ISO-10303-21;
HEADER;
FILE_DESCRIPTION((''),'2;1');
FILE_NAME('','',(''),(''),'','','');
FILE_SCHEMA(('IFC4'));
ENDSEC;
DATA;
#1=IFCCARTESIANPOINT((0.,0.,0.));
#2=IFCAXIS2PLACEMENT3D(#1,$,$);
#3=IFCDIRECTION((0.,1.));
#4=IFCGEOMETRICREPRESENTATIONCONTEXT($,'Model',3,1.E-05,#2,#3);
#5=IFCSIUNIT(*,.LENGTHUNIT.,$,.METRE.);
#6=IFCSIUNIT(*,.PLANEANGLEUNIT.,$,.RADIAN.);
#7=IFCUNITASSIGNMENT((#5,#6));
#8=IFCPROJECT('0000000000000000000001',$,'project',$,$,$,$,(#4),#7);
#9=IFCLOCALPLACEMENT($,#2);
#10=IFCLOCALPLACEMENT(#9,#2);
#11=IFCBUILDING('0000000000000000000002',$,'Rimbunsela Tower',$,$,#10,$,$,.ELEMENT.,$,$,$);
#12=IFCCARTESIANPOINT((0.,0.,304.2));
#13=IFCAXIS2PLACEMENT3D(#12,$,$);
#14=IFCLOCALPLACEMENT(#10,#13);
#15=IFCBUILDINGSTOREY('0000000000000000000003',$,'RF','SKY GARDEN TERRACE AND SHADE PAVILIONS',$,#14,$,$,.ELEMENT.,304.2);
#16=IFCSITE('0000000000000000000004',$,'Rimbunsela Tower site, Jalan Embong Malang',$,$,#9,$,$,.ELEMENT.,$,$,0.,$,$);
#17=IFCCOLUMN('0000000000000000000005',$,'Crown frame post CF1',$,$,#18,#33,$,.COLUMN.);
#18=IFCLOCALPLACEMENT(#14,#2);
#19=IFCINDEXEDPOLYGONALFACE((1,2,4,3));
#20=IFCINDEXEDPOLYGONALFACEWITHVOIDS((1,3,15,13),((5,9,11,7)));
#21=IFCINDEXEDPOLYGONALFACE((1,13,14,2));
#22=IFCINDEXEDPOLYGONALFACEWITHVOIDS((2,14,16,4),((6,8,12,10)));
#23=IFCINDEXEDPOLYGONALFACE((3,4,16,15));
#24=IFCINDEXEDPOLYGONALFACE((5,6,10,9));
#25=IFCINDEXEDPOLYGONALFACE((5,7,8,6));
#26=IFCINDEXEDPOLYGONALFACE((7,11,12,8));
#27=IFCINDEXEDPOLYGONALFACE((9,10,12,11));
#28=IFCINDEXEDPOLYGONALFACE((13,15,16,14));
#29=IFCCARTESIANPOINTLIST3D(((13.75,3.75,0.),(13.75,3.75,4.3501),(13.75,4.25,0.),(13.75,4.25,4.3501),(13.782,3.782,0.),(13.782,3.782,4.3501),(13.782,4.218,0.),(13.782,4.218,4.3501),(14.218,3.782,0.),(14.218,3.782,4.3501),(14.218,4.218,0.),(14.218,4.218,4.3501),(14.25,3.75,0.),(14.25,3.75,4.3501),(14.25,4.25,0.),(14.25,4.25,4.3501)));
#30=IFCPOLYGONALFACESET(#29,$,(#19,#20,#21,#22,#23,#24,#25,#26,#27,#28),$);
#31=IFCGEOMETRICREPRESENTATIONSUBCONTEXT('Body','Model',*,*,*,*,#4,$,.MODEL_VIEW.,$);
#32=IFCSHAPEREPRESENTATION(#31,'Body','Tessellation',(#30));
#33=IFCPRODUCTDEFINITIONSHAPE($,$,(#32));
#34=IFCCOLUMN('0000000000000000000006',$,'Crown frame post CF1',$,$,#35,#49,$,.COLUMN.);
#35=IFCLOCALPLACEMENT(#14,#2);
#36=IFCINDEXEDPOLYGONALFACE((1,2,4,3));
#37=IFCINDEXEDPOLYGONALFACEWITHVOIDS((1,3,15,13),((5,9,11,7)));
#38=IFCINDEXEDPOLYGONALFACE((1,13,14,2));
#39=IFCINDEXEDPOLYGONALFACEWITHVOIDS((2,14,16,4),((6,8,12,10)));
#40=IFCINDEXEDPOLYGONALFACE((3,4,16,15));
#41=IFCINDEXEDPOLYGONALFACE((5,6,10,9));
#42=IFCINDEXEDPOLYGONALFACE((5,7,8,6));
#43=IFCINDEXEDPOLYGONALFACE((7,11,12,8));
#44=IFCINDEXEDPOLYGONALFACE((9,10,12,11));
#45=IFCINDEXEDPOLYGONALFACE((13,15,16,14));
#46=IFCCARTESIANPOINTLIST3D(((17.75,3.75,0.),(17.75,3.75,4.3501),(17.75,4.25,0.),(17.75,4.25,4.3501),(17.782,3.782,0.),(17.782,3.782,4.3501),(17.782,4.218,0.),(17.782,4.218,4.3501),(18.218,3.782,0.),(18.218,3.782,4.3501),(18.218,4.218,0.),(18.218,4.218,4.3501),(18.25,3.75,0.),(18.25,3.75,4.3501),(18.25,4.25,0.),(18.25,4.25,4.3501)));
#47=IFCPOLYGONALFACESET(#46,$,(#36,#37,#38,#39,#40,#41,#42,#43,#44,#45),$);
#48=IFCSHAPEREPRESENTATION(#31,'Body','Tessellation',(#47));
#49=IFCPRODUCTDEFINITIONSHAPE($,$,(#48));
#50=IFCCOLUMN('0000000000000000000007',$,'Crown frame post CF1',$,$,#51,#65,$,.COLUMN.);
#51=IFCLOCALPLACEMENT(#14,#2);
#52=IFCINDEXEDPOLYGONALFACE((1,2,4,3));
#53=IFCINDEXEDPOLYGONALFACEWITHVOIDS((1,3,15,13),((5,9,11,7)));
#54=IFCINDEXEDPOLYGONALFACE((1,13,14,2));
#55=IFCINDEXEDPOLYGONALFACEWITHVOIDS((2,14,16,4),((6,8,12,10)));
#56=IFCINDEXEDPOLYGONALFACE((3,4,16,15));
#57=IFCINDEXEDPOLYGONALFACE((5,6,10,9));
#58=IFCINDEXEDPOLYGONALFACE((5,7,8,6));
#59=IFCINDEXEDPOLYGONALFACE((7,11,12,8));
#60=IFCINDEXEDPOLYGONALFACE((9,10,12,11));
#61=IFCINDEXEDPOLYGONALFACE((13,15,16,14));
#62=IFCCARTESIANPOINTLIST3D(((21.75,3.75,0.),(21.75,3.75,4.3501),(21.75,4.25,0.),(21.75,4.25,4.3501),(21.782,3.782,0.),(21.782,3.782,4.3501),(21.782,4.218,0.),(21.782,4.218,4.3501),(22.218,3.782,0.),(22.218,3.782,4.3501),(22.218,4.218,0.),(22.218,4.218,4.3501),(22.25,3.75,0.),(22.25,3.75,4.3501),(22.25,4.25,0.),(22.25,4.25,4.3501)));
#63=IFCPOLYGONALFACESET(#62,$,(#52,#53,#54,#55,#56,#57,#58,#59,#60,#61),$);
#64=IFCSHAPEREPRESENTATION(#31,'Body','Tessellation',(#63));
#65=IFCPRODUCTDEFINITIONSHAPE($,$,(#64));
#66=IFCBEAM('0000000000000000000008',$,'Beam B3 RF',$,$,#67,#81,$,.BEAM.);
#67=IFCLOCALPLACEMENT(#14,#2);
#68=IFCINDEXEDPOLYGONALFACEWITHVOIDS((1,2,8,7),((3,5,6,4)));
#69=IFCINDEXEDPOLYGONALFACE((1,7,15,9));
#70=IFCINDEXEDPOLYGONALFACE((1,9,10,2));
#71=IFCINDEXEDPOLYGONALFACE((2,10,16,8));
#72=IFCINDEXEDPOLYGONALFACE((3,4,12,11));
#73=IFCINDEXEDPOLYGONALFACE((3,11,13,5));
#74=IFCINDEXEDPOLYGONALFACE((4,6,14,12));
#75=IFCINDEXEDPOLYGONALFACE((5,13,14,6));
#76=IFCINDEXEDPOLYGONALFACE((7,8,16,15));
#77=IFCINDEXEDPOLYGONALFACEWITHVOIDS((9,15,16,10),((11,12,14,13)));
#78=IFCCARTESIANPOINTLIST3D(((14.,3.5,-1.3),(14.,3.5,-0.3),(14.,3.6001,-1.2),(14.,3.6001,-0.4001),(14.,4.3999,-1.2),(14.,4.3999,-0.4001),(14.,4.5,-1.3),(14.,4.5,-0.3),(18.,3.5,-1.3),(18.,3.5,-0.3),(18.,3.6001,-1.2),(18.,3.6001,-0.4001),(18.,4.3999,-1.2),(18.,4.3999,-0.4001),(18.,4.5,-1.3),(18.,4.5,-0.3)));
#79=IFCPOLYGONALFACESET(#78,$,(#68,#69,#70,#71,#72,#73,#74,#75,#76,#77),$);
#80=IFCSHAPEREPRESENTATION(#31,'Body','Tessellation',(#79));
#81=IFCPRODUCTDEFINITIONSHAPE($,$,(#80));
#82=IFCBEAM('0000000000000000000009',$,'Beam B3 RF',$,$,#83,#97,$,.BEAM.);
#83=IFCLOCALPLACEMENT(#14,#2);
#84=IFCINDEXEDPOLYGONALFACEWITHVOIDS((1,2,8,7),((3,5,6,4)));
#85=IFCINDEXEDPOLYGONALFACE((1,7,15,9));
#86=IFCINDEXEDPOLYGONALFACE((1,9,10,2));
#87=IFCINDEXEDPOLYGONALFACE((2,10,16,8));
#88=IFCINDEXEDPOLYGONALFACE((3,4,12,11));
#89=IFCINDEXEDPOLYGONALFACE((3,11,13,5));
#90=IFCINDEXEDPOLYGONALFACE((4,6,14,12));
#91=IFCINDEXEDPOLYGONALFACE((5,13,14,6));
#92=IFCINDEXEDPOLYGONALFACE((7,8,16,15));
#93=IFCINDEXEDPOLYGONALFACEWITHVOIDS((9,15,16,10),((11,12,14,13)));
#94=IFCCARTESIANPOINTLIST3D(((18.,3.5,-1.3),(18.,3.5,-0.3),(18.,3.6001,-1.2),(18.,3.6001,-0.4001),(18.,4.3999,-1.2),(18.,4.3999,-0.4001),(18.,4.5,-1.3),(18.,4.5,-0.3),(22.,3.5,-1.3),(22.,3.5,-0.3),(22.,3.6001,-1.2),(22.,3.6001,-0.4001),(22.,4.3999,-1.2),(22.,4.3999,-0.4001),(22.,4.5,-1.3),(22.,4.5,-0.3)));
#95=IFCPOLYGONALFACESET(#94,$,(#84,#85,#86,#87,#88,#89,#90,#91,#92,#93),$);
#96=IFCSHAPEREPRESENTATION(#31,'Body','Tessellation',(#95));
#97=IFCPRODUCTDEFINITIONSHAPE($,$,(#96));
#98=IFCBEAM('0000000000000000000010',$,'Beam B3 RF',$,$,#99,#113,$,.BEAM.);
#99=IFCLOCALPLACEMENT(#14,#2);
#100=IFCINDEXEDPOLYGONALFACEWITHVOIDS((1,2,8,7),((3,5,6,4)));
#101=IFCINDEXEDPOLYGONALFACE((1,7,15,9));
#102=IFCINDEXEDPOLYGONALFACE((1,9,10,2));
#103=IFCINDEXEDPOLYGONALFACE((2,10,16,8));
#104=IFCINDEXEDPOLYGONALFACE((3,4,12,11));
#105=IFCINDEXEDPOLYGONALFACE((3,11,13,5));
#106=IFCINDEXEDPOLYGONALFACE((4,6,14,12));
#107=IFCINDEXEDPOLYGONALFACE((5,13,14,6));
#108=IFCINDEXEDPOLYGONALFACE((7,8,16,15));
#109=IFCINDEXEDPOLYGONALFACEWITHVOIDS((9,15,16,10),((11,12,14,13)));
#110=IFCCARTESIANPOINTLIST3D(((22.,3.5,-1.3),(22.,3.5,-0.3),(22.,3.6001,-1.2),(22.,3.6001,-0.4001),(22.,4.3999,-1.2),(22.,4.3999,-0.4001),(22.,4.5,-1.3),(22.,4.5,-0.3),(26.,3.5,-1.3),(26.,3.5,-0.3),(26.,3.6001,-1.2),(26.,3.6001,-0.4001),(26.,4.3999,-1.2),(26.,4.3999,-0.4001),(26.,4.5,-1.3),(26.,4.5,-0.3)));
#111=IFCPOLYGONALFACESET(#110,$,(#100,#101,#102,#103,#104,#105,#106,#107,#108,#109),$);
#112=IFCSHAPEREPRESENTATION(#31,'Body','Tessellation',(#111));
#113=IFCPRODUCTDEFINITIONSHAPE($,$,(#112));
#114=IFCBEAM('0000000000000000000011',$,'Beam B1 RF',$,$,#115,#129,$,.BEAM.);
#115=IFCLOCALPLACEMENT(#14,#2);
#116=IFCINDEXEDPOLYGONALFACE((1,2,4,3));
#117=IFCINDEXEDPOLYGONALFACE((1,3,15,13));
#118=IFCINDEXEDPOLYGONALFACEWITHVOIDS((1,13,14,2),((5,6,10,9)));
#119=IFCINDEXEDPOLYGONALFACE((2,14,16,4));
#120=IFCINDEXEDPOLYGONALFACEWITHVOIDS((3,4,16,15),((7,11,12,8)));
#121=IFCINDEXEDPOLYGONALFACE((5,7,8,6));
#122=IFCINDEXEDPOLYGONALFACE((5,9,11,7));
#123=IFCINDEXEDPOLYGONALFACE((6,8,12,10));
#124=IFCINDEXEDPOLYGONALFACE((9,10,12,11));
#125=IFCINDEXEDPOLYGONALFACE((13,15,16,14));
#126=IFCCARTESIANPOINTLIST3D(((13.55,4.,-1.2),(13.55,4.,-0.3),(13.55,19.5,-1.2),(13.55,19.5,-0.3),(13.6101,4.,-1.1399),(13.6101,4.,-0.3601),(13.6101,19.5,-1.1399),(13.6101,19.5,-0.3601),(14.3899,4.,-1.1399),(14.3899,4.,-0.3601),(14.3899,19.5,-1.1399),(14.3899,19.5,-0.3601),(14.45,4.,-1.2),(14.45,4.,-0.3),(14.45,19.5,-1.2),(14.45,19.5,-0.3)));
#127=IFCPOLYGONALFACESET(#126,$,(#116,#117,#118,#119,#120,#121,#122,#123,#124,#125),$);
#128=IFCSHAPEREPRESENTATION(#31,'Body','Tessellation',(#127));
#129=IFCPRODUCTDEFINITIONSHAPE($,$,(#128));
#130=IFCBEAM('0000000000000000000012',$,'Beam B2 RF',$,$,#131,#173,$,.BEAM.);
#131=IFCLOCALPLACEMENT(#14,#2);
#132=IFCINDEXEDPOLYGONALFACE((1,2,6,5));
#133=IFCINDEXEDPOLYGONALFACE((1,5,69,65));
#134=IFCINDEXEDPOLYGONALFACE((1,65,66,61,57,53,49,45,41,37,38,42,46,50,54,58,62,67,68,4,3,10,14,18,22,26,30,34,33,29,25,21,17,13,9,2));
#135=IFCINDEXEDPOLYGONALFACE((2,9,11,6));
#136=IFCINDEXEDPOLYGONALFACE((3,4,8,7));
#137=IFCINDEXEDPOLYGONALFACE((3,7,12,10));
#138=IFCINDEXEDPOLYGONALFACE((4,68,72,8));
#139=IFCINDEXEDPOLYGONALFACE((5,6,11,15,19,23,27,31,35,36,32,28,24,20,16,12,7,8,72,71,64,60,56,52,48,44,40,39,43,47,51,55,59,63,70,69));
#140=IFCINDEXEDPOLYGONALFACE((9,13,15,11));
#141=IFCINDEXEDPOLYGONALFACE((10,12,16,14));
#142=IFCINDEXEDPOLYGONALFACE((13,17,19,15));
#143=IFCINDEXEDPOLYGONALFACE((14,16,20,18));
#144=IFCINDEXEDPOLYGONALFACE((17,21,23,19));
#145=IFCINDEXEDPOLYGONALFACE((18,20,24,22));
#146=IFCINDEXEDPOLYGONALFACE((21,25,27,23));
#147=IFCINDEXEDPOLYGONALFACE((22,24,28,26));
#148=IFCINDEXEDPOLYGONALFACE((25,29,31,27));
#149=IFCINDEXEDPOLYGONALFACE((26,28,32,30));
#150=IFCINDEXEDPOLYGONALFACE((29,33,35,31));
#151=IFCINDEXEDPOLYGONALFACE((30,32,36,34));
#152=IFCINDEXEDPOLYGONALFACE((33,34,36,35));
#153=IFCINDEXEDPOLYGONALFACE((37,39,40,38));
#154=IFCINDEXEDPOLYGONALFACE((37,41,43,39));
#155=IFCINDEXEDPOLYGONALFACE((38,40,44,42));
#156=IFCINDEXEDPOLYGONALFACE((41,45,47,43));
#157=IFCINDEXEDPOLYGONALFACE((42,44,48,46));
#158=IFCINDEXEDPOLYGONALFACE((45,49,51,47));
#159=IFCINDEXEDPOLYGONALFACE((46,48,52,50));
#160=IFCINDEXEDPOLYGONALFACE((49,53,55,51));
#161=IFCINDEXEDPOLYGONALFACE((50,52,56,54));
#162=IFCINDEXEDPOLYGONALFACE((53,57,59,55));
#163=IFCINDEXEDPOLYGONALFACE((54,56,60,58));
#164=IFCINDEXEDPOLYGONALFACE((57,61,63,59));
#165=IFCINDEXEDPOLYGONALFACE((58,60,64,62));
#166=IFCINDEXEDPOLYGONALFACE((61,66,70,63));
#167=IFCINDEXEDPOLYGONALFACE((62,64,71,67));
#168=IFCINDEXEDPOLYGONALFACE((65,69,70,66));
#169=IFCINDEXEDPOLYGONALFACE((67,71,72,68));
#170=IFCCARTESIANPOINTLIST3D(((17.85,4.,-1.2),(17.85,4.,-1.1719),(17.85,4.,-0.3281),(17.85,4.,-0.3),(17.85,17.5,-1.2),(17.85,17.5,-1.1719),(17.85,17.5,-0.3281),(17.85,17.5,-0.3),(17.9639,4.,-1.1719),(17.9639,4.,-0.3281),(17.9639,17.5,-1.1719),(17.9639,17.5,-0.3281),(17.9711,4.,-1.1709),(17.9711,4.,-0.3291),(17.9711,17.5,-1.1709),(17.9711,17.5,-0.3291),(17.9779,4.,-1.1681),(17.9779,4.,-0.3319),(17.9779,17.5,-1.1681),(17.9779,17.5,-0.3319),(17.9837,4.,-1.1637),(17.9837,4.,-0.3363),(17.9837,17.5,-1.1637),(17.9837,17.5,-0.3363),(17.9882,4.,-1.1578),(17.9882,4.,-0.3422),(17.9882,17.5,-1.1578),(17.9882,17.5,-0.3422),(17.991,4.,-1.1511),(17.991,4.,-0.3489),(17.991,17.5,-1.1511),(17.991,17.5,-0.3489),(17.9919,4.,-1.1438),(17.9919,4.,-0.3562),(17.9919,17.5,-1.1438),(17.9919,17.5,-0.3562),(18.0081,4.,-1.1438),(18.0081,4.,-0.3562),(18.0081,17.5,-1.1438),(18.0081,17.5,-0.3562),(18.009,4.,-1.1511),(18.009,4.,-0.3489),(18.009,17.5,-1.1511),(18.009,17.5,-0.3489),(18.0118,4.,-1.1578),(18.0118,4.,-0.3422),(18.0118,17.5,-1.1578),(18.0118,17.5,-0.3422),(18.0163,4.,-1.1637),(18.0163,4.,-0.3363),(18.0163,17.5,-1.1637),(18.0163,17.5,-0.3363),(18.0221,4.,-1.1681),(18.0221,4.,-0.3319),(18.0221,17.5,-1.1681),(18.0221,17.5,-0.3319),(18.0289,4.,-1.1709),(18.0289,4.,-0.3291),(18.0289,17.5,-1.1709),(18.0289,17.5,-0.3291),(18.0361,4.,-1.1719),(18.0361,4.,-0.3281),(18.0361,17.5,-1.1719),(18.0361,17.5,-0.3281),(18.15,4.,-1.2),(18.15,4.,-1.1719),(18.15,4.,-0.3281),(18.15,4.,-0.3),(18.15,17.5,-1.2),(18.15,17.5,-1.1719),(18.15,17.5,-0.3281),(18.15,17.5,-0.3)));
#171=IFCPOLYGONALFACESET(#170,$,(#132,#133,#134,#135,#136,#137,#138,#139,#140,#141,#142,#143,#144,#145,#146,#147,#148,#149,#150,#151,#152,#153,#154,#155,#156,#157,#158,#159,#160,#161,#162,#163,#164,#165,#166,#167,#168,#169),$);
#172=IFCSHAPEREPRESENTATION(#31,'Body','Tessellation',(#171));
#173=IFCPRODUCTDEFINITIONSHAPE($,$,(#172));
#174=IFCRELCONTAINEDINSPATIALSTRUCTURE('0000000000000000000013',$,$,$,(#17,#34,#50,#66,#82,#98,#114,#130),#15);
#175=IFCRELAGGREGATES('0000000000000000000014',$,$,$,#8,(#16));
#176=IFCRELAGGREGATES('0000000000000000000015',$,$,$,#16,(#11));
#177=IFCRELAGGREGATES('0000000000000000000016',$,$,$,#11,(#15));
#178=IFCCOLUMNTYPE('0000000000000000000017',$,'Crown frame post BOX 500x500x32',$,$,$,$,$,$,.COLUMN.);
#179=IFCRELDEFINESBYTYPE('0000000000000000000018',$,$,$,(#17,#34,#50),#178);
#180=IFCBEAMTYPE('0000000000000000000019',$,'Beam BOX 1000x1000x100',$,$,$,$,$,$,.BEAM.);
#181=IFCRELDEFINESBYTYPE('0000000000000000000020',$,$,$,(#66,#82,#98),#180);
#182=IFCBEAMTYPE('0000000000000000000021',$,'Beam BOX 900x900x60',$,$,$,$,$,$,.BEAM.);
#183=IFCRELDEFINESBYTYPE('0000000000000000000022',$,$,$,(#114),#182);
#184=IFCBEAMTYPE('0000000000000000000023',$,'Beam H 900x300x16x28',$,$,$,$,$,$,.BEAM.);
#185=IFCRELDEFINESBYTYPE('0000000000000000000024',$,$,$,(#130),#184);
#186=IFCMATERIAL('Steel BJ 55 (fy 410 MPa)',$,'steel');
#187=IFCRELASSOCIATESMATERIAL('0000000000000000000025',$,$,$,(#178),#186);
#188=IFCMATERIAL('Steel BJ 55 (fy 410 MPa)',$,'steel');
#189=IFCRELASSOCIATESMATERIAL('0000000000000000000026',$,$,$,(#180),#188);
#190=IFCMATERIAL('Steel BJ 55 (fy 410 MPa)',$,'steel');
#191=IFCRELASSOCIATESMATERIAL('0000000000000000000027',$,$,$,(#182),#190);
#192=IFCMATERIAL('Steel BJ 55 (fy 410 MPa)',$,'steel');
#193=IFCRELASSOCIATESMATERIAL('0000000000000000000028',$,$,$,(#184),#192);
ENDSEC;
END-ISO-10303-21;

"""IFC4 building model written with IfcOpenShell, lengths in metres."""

from ifc_helpers import new_model, si_unit, direction, frame, origin, origin_2d, place, context, subcontext, project, spatial, hollow_rectangle, i_section, extrude, material, material_profile, profile_set, type_object, element, save


model = new_model("IFC4")

# Units and contexts
model_context = context("Model", 3, precision=1e-05, world=origin(), true_north=direction((0.0, 1.0)))
body_context = subcontext(model_context, "Body", "Model", "MODEL_VIEW")
ifc_project = project(units=[si_unit("LENGTHUNIT", "METRE"), si_unit("PLANEANGLEUNIT", "RADIAN")], contexts=[model_context])

# Site, building, storey
site_placement = place(None, origin())
site = spatial("IfcSite", under=ifc_project, at=site_placement, Name="Rimbunsela Tower site, Jalan Embong Malang", CompositionType="ELEMENT", RefElevation=0.0)
building_placement = place(site_placement, origin())
building = spatial("IfcBuilding", under=site, at=building_placement, Name="Rimbunsela Tower", CompositionType="ELEMENT")
storey_placement = place(building_placement, frame((0.0, 0.0, 304.2)))
storey = spatial("IfcBuildingStorey", under=building, at=storey_placement, Name="RF", Description="SKY GARDEN TERRACE AND SHADE PAVILIONS", CompositionType="ELEMENT", Elevation=304.2)

# Columns
ifc_material_1 = material(Name="Steel BJ 55 (fy 410 MPa)", Category="steel")
ifc_material_profile_1 = material_profile(ifc_material_1, hollow_rectangle(XDim=0.5, YDim=0.5, WallThickness=0.032, at=origin_2d()), Name="BOX 500x500x32")
ifc_profile_set_1 = profile_set([ifc_material_profile_1], Name="Steel BJ 55 (fy 410 MPa)")
column_type = type_object("IfcColumnType", Name="Crown frame post BOX 500x500x32", PredefinedType="COLUMN", material=ifc_profile_set_1)
for number, where, z_axis, x_axis, name in (
    (1, (14.0, 4.0, 0.0), (0.0, 0.0, 1.0), (1.0, 0.0, 0.0), "Crown frame post CF1"),
    (2, (18.0, 4.0, 0.0), (0.0, 0.0, 1.0), (1.0, 0.0, 0.0), "Crown frame post CF1"),
    (3, (22.0, 4.0, 0.0), (0.0, 0.0, 1.0), (1.0, 0.0, 0.0), "Crown frame post CF1"),
):
    element("IfcColumn", number, at=place(storey_placement, frame(where, z_axis=z_axis, x_axis=x_axis)), inside=storey, type_object=column_type, Name=name, PredefinedType="COLUMN", context=body_context, shape_type="SweptSolid", body=[
        extrude(hollow_rectangle(XDim=0.5, YDim=0.5, WallThickness=0.032, at=origin_2d()), origin(), (0.0, 0.0, 1.0), 4.3501),
    ])

# Beams
ifc_material_2 = material(Name="Steel BJ 55 (fy 410 MPa)", Category="steel")
ifc_material_profile_2 = material_profile(ifc_material_2, hollow_rectangle(XDim=1.0, YDim=1.0, WallThickness=0.1001, at=origin_2d()), Name="BOX 1000x1000x100")
ifc_profile_set_2 = profile_set([ifc_material_profile_2], Name="Steel BJ 55 (fy 410 MPa)")
beam_type_1 = type_object("IfcBeamType", Name="Beam BOX 1000x1000x100", PredefinedType="BEAM", material=ifc_profile_set_2)
for number, where, z_axis, x_axis, name in (
    (4, (14.0, 4.0, -0.8), (1.0, 0.0, 0.0), (0.0, 1.0, 0.0), "Beam B3 RF"),
    (5, (18.0, 4.0, -0.8), (1.0, 0.0, 0.0), (0.0, 1.0, 0.0), "Beam B3 RF"),
    (6, (22.0, 4.0, -0.8), (1.0, 0.0, 0.0), (0.0, 1.0, 0.0), "Beam B3 RF"),
):
    element("IfcBeam", number, at=place(storey_placement, frame(where, z_axis=z_axis, x_axis=x_axis)), inside=storey, type_object=beam_type_1, Name=name, PredefinedType="BEAM", context=body_context, shape_type="SweptSolid", body=[
        extrude(hollow_rectangle(XDim=1.0, YDim=1.0, WallThickness=0.1001, at=origin_2d()), origin(), (0.0, 0.0, 1.0), 4.0),
    ])
ifc_material_3 = material(Name="Steel BJ 55 (fy 410 MPa)", Category="steel")
ifc_material_profile_3 = material_profile(ifc_material_3, hollow_rectangle(XDim=0.8999, YDim=0.8999, WallThickness=0.0601, at=origin_2d()), Name="BOX 900x900x60")
ifc_profile_set_3 = profile_set([ifc_material_profile_3], Name="Steel BJ 55 (fy 410 MPa)")
beam_type_2 = type_object("IfcBeamType", Name="Beam BOX 900x900x60", PredefinedType="BEAM", material=ifc_profile_set_3)
beam_placement = place(storey_placement, frame((14.0, 4.0, -0.75), z_axis=(0.0, 1.0, 0.0), x_axis=(-1.0, 0.0, 0.0)))
element("IfcBeam", 7, at=beam_placement, inside=storey, type_object=beam_type_2, Name="Beam B1 RF", PredefinedType="BEAM", context=body_context, shape_type="SweptSolid", body=[
    extrude(hollow_rectangle(XDim=0.8999, YDim=0.8999, WallThickness=0.0601, at=origin_2d()), origin(), (0.0, 0.0, 1.0), 15.5),
])
ifc_material_4 = material(Name="Steel BJ 55 (fy 410 MPa)", Category="steel")
ifc_material_profile_4 = material_profile(ifc_material_4, i_section(OverallWidth=0.3, OverallDepth=0.8999, WebThickness=0.0161, FlangeThickness=0.0281, FilletRadius=0.0281, at=origin_2d()), Name="H 900x300x16x28")
ifc_profile_set_4 = profile_set([ifc_material_profile_4], Name="Steel BJ 55 (fy 410 MPa)")
beam_type_3 = type_object("IfcBeamType", Name="Beam H 900x300x16x28", PredefinedType="BEAM", material=ifc_profile_set_4)
for number, where, z_axis, x_axis, name in (
    (8, (18.0, 4.0, -0.75), (0.0, 1.0, 0.0), (-1.0, 0.0, 0.0), "Beam B2 RF"),
):
    element("IfcBeam", number, at=place(storey_placement, frame(where, z_axis=z_axis, x_axis=x_axis)), inside=storey, type_object=beam_type_3, Name=name, PredefinedType="BEAM", context=body_context, shape_type="SweptSolid", body=[
        extrude(i_section(OverallWidth=0.3, OverallDepth=0.8999, WebThickness=0.0161, FlangeThickness=0.0281, FilletRadius=0.0281, at=origin_2d()), origin(), (0.0, 0.0, 1.0), 13.5),
    ])

save(model, "model.ifc")
